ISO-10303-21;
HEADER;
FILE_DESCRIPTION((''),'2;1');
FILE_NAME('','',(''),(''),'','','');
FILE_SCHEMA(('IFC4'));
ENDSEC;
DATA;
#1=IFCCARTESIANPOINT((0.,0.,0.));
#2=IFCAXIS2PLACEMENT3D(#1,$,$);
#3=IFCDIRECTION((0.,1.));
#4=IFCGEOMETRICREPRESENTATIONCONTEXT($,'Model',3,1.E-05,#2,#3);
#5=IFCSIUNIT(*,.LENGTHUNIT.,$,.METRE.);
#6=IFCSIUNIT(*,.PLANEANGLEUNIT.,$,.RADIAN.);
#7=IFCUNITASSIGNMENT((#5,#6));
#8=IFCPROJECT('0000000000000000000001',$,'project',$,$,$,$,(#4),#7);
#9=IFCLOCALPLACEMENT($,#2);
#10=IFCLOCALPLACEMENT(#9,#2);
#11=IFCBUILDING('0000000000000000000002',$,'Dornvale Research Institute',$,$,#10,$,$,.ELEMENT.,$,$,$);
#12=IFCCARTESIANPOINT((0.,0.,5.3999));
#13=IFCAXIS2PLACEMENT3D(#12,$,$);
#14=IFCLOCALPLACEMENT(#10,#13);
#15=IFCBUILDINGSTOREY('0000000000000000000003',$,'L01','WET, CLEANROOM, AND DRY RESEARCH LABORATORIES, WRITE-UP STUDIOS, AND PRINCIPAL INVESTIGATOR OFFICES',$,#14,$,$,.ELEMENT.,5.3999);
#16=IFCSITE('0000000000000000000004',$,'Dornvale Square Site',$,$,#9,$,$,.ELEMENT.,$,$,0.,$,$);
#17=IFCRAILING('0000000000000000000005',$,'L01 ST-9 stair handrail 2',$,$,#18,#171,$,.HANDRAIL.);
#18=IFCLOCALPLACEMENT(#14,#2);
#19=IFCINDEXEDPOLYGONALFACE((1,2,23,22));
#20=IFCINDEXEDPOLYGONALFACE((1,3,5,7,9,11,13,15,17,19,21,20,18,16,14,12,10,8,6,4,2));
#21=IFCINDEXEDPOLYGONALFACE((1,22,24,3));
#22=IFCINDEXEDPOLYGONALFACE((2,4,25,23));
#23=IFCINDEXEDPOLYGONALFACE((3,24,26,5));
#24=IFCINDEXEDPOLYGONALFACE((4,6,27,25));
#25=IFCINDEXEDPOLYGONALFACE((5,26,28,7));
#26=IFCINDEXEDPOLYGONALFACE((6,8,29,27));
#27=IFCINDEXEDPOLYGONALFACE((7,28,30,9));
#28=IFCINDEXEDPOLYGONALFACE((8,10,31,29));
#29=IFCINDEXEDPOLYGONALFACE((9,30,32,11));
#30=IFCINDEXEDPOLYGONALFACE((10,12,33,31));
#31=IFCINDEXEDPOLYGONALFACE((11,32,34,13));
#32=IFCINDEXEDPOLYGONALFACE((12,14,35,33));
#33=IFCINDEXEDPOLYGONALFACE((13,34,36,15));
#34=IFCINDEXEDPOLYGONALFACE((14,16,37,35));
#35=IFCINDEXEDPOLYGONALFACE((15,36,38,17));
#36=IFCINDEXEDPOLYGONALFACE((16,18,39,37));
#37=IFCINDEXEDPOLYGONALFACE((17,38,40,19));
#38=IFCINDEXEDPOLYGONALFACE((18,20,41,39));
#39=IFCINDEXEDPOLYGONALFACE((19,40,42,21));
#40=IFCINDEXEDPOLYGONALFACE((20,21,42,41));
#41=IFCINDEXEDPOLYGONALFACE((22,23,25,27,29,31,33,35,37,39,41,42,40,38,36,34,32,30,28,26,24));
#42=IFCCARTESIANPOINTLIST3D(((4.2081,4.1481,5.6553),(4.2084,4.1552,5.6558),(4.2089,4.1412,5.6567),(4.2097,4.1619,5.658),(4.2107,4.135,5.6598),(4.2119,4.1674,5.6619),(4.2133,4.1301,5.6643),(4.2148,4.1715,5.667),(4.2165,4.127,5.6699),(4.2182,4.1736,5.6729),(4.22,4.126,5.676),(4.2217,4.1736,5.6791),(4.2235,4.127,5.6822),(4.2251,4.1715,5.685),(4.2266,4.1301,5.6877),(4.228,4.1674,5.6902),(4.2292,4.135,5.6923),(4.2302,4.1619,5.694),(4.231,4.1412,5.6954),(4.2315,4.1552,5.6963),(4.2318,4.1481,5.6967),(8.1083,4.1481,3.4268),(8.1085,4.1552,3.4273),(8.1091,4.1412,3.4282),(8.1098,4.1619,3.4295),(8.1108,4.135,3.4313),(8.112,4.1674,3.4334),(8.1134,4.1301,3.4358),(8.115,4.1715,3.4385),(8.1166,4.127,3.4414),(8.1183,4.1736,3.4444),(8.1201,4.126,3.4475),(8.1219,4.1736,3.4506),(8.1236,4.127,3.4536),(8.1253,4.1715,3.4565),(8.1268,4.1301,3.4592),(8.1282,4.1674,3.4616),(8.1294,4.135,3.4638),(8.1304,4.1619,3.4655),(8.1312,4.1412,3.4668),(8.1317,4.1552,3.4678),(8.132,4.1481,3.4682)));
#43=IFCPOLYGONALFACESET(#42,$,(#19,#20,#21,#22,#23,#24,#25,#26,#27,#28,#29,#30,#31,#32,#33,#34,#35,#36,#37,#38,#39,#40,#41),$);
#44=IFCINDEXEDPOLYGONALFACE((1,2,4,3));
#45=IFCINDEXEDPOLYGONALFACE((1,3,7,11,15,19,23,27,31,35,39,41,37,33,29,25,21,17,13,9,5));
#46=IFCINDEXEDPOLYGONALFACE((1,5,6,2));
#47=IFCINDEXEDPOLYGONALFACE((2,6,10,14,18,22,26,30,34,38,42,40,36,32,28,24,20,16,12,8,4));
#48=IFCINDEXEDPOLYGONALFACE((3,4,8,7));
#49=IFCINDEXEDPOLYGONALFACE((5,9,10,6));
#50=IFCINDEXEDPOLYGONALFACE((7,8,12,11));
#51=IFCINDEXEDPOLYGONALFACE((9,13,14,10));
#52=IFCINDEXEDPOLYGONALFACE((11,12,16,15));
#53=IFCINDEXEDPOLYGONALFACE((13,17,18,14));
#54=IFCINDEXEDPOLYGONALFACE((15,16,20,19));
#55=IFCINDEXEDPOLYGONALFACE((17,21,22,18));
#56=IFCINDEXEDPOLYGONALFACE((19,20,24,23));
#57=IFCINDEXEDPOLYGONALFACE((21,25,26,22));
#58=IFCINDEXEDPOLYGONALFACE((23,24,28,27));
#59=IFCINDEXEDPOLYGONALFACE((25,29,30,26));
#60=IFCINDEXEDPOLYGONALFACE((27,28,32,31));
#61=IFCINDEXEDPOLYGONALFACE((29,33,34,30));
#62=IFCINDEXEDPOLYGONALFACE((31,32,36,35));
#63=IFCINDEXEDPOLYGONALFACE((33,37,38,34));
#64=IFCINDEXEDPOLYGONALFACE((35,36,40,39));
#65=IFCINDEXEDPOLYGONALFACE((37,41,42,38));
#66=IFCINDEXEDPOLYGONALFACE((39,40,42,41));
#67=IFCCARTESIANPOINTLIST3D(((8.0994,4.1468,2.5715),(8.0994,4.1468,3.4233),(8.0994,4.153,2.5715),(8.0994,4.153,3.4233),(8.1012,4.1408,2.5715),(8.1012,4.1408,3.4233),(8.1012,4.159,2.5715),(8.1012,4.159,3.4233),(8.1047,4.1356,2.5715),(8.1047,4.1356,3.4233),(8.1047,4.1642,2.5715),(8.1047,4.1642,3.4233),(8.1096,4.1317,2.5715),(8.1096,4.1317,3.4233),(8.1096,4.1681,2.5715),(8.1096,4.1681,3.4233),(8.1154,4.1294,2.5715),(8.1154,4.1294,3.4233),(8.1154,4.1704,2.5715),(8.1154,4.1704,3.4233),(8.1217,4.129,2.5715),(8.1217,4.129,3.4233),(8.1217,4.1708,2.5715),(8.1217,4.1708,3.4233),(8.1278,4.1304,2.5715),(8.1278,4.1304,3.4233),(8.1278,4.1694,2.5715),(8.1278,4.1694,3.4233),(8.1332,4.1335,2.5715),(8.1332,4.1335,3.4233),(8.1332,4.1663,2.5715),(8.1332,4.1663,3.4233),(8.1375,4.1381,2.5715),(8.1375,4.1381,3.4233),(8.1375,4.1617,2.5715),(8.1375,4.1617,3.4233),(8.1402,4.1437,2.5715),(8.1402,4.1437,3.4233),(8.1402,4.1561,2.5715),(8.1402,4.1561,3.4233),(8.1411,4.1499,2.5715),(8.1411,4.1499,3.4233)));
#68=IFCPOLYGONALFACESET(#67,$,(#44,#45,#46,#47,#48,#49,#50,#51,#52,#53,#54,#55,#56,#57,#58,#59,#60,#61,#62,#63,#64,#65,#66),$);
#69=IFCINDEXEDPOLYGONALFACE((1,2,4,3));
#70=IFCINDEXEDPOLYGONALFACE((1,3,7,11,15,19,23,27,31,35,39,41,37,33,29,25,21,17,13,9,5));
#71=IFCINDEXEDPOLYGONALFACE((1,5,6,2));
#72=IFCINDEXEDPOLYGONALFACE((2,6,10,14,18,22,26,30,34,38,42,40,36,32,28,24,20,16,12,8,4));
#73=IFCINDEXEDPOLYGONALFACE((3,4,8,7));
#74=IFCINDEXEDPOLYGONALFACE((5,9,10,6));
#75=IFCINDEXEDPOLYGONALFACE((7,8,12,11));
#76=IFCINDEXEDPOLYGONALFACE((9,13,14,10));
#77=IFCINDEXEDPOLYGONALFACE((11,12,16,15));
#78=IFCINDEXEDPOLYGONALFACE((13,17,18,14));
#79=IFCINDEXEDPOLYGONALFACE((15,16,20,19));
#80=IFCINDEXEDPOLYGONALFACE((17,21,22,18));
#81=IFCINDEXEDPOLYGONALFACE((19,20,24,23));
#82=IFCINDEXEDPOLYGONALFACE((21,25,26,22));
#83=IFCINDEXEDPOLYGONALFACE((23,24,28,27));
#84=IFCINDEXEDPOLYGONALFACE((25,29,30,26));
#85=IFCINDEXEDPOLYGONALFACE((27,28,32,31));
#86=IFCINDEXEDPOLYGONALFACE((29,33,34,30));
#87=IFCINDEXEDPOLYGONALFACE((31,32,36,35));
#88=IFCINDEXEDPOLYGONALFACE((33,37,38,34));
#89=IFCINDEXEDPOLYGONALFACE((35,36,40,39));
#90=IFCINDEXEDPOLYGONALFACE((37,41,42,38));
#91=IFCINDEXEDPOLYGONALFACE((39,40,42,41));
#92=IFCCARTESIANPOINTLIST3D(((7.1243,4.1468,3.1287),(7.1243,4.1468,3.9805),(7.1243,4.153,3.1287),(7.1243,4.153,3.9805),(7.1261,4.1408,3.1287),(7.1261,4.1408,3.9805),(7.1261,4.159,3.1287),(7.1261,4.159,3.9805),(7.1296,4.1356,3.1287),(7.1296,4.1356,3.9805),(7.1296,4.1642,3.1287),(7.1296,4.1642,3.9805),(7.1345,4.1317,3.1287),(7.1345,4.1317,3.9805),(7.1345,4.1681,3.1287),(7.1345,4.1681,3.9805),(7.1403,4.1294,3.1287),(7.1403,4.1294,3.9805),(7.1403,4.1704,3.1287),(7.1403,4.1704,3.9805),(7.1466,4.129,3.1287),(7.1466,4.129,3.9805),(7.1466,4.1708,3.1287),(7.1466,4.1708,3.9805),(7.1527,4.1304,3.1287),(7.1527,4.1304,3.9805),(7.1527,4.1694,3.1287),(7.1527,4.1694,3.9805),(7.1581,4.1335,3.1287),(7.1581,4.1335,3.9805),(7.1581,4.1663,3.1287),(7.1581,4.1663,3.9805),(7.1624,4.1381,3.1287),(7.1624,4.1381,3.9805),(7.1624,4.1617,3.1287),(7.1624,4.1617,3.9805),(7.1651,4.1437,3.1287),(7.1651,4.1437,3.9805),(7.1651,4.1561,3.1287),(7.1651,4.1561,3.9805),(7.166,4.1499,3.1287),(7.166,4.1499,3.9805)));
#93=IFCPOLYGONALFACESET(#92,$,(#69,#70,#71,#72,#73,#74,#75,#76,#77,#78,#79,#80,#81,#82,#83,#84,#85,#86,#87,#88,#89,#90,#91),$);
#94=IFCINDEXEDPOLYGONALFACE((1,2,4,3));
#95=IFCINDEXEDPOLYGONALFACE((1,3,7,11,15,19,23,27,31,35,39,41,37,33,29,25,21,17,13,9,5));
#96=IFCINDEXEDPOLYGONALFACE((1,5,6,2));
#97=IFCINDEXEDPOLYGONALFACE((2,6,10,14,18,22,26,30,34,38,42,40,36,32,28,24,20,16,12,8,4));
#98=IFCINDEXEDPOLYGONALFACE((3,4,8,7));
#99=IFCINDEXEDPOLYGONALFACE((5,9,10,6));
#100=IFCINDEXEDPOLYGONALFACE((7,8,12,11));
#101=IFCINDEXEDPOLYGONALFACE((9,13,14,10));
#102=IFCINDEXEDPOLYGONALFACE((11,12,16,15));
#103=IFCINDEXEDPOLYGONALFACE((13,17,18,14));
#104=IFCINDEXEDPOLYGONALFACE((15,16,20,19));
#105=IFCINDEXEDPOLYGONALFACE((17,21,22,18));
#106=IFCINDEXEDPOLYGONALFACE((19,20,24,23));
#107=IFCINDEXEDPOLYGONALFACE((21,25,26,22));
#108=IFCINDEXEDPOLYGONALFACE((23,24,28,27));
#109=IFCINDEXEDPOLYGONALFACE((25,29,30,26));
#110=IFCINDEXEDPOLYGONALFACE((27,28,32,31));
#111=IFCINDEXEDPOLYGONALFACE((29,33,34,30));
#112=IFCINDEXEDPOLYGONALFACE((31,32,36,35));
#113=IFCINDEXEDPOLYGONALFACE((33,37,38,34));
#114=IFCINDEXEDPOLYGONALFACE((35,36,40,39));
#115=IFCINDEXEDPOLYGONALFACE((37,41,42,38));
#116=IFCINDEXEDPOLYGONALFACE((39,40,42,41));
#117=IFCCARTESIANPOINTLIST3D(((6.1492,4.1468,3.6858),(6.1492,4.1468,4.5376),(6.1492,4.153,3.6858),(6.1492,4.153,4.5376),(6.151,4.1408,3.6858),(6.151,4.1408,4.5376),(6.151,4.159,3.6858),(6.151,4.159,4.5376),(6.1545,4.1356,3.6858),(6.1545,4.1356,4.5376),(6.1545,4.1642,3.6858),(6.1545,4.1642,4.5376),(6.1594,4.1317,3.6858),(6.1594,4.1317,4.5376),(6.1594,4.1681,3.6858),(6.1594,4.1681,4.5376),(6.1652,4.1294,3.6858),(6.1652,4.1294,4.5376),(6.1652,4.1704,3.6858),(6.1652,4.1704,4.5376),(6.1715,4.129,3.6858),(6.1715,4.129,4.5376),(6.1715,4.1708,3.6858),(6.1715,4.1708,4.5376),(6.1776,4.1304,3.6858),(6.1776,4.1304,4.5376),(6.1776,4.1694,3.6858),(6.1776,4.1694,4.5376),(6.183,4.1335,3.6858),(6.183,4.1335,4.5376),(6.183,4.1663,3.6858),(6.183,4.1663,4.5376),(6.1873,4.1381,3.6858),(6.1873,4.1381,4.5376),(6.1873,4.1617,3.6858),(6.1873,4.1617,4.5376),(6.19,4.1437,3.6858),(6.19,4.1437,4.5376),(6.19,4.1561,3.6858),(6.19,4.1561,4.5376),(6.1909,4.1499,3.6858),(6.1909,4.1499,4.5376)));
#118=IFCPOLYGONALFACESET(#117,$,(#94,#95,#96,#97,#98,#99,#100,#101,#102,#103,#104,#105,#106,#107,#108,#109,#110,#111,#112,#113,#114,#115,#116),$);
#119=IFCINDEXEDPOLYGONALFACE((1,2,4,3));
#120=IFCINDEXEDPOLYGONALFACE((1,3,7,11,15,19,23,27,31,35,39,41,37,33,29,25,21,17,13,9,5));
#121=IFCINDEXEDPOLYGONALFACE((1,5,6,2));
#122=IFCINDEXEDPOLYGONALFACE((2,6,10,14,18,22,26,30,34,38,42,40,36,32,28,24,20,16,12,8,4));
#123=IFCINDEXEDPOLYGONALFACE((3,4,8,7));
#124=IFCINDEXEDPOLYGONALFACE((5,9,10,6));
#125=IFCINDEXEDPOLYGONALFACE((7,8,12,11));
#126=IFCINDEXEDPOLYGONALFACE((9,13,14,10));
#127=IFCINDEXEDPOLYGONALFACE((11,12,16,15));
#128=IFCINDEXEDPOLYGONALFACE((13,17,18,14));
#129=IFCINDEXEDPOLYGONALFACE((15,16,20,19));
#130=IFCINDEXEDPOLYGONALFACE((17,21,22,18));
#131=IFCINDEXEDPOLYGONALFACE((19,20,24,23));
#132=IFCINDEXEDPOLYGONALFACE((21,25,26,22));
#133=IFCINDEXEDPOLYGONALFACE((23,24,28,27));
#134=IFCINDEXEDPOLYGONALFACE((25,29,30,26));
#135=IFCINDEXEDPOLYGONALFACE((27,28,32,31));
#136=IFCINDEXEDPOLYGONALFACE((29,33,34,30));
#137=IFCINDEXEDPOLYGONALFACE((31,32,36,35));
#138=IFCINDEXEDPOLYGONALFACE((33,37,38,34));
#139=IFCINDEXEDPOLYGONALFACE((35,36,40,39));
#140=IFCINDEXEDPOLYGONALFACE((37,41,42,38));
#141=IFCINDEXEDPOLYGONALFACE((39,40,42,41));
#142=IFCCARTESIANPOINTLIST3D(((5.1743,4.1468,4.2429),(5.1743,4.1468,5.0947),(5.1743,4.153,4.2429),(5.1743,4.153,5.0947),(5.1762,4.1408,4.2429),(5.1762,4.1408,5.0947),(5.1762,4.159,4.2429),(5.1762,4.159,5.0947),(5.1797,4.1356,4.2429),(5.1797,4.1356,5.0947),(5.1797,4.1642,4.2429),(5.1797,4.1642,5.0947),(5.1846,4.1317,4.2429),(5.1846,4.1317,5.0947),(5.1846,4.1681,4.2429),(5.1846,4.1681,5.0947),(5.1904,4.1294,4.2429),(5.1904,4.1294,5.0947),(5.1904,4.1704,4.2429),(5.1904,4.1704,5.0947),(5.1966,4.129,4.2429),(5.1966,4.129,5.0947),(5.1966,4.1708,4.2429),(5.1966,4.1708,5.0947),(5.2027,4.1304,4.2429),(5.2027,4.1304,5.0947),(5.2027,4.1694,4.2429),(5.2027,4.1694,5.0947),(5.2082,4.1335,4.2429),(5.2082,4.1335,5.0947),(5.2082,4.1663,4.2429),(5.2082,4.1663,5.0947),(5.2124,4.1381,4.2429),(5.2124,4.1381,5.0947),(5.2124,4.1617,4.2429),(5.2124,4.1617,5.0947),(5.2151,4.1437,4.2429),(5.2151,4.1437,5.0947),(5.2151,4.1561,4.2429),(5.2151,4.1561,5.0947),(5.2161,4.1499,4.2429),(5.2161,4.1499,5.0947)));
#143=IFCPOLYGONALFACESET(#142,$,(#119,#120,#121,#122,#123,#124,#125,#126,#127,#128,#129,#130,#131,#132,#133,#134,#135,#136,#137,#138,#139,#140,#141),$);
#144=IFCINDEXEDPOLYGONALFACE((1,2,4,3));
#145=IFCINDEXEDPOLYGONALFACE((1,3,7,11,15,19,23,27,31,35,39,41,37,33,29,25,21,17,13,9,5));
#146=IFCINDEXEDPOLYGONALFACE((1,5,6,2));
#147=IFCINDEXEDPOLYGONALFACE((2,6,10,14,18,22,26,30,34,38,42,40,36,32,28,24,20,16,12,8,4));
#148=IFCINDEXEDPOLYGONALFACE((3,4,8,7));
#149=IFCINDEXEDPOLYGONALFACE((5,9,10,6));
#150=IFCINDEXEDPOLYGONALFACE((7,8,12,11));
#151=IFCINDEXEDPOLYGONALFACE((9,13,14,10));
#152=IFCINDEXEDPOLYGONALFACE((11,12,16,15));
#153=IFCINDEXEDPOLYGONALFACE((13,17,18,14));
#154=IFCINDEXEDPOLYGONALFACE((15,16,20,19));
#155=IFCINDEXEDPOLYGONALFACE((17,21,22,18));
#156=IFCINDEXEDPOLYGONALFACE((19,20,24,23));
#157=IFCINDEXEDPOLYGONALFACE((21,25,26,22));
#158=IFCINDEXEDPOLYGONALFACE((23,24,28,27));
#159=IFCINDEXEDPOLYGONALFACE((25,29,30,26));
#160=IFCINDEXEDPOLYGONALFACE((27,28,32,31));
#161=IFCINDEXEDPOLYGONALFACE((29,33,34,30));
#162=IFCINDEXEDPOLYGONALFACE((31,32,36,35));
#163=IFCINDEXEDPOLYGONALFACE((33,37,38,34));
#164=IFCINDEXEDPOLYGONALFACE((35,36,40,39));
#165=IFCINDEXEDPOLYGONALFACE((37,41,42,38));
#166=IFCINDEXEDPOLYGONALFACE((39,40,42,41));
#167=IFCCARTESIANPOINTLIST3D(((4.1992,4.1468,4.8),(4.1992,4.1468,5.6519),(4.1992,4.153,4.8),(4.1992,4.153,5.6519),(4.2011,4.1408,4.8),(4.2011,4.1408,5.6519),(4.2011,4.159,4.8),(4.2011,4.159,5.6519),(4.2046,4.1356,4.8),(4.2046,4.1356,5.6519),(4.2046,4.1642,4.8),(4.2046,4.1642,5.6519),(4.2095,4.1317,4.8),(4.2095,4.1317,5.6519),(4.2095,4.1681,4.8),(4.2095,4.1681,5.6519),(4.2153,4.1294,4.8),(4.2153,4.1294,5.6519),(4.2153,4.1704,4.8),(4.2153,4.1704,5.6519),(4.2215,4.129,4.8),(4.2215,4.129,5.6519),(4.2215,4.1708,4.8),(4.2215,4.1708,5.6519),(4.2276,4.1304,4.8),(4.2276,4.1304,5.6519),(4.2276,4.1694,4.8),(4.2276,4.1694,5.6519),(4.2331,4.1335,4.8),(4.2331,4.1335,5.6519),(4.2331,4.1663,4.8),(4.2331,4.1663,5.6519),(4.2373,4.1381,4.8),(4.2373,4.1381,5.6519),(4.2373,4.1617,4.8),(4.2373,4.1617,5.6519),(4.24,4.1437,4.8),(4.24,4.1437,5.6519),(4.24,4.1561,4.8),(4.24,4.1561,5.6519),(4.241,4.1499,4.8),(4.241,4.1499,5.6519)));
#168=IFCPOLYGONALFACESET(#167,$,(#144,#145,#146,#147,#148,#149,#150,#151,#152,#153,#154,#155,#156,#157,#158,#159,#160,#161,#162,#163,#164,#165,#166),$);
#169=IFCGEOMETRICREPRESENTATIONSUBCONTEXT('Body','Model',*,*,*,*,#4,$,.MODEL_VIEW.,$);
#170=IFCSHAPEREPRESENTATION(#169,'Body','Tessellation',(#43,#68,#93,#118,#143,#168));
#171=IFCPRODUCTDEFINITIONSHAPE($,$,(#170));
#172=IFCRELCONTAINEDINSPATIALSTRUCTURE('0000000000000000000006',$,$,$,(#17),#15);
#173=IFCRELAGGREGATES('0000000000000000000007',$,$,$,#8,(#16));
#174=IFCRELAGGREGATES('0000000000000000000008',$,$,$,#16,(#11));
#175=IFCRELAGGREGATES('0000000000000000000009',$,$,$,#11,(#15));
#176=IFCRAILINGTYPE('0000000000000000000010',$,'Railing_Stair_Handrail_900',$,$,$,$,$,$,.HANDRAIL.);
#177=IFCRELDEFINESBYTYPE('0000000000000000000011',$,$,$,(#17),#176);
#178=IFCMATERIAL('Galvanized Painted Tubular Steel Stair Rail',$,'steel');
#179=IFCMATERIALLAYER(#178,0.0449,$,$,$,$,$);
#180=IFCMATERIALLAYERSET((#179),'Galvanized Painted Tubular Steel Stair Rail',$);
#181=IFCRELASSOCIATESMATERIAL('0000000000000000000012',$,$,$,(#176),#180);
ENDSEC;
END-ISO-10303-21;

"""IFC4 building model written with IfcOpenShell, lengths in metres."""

from ifc_helpers import new_model, si_unit, direction, frame, origin, origin_2d, place, context, subcontext, project, spatial, circle, extrude, material, layer, layer_set, type_object, element, save


model = new_model("IFC4")

# Units and contexts
model_context = context("Model", 3, precision=1e-05, world=origin(), true_north=direction((0.0, 1.0)))
body_context = subcontext(model_context, "Body", "Model", "MODEL_VIEW")
ifc_project = project(units=[si_unit("LENGTHUNIT", "METRE"), si_unit("PLANEANGLEUNIT", "RADIAN")], contexts=[model_context])

# Site, building, storey
site_placement = place(None, origin())
site = spatial("IfcSite", under=ifc_project, at=site_placement, Name="Dornvale Square Site", CompositionType="ELEMENT", RefElevation=0.0)
building_placement = place(site_placement, origin())
building = spatial("IfcBuilding", under=site, at=building_placement, Name="Dornvale Research Institute", CompositionType="ELEMENT")
storey_placement = place(building_placement, frame((0.0, 0.0, 5.3999)))
storey = spatial("IfcBuildingStorey", under=building, at=storey_placement, Name="L01", Description="WET, CLEANROOM, AND DRY RESEARCH LABORATORIES, WRITE-UP STUDIOS, AND PRINCIPAL INVESTIGATOR OFFICES", CompositionType="ELEMENT", Elevation=5.3999)

# Railing
ifc_material_1 = material(Name="Galvanized Painted Tubular Steel Stair Rail", Category="steel")
ifc_layer_1 = layer(ifc_material_1, 0.0449)
ifc_layer_set_1 = layer_set([ifc_layer_1], Name="Galvanized Painted Tubular Steel Stair Rail")
railing_type_1 = type_object("IfcRailingType", Name="Railing_Stair_Handrail_900", PredefinedType="HANDRAIL", material=ifc_layer_set_1)
railing_1_placement = place(storey_placement, frame((8.1201, 4.1499, 2.5715)))
element("IfcRailing", 1, at=railing_1_placement, inside=storey, type_object=railing_type_1, Name="L01 ST-9 stair handrail 2", PredefinedType="HANDRAIL", context=body_context, shape_type="SweptSolid", body=[
    extrude(circle(Radius=0.0239, at=origin_2d()), frame((0.0, 0.0, 0.876), z_axis=(-0.868257, 0.0, 0.496116), x_axis=(0.0, -1.0, 0.0)), (0.0, 0.0, 1.0), 4.4919),
    extrude(circle(Radius=0.021, at=origin_2d()), origin(), (0.0, 0.0, 1.0), 0.8518),
    extrude(circle(Radius=0.021, at=origin_2d()), frame((-0.9751, 0.0, 0.5571)), (0.0, 0.0, 1.0), 0.8518),
    extrude(circle(Radius=0.021, at=origin_2d()), frame((-1.9502, 0.0, 1.1143)), (0.0, 0.0, 1.0), 0.8518),
    extrude(circle(Radius=0.021, at=origin_2d()), frame((-2.925, 0.0, 1.6714)), (0.0, 0.0, 1.0), 0.8518),
    extrude(circle(Radius=0.021, at=origin_2d()), frame((-3.9001, 0.0, 2.2285)), (0.0, 0.0, 1.0), 0.8518),
])

save(model, "model.ifc")
